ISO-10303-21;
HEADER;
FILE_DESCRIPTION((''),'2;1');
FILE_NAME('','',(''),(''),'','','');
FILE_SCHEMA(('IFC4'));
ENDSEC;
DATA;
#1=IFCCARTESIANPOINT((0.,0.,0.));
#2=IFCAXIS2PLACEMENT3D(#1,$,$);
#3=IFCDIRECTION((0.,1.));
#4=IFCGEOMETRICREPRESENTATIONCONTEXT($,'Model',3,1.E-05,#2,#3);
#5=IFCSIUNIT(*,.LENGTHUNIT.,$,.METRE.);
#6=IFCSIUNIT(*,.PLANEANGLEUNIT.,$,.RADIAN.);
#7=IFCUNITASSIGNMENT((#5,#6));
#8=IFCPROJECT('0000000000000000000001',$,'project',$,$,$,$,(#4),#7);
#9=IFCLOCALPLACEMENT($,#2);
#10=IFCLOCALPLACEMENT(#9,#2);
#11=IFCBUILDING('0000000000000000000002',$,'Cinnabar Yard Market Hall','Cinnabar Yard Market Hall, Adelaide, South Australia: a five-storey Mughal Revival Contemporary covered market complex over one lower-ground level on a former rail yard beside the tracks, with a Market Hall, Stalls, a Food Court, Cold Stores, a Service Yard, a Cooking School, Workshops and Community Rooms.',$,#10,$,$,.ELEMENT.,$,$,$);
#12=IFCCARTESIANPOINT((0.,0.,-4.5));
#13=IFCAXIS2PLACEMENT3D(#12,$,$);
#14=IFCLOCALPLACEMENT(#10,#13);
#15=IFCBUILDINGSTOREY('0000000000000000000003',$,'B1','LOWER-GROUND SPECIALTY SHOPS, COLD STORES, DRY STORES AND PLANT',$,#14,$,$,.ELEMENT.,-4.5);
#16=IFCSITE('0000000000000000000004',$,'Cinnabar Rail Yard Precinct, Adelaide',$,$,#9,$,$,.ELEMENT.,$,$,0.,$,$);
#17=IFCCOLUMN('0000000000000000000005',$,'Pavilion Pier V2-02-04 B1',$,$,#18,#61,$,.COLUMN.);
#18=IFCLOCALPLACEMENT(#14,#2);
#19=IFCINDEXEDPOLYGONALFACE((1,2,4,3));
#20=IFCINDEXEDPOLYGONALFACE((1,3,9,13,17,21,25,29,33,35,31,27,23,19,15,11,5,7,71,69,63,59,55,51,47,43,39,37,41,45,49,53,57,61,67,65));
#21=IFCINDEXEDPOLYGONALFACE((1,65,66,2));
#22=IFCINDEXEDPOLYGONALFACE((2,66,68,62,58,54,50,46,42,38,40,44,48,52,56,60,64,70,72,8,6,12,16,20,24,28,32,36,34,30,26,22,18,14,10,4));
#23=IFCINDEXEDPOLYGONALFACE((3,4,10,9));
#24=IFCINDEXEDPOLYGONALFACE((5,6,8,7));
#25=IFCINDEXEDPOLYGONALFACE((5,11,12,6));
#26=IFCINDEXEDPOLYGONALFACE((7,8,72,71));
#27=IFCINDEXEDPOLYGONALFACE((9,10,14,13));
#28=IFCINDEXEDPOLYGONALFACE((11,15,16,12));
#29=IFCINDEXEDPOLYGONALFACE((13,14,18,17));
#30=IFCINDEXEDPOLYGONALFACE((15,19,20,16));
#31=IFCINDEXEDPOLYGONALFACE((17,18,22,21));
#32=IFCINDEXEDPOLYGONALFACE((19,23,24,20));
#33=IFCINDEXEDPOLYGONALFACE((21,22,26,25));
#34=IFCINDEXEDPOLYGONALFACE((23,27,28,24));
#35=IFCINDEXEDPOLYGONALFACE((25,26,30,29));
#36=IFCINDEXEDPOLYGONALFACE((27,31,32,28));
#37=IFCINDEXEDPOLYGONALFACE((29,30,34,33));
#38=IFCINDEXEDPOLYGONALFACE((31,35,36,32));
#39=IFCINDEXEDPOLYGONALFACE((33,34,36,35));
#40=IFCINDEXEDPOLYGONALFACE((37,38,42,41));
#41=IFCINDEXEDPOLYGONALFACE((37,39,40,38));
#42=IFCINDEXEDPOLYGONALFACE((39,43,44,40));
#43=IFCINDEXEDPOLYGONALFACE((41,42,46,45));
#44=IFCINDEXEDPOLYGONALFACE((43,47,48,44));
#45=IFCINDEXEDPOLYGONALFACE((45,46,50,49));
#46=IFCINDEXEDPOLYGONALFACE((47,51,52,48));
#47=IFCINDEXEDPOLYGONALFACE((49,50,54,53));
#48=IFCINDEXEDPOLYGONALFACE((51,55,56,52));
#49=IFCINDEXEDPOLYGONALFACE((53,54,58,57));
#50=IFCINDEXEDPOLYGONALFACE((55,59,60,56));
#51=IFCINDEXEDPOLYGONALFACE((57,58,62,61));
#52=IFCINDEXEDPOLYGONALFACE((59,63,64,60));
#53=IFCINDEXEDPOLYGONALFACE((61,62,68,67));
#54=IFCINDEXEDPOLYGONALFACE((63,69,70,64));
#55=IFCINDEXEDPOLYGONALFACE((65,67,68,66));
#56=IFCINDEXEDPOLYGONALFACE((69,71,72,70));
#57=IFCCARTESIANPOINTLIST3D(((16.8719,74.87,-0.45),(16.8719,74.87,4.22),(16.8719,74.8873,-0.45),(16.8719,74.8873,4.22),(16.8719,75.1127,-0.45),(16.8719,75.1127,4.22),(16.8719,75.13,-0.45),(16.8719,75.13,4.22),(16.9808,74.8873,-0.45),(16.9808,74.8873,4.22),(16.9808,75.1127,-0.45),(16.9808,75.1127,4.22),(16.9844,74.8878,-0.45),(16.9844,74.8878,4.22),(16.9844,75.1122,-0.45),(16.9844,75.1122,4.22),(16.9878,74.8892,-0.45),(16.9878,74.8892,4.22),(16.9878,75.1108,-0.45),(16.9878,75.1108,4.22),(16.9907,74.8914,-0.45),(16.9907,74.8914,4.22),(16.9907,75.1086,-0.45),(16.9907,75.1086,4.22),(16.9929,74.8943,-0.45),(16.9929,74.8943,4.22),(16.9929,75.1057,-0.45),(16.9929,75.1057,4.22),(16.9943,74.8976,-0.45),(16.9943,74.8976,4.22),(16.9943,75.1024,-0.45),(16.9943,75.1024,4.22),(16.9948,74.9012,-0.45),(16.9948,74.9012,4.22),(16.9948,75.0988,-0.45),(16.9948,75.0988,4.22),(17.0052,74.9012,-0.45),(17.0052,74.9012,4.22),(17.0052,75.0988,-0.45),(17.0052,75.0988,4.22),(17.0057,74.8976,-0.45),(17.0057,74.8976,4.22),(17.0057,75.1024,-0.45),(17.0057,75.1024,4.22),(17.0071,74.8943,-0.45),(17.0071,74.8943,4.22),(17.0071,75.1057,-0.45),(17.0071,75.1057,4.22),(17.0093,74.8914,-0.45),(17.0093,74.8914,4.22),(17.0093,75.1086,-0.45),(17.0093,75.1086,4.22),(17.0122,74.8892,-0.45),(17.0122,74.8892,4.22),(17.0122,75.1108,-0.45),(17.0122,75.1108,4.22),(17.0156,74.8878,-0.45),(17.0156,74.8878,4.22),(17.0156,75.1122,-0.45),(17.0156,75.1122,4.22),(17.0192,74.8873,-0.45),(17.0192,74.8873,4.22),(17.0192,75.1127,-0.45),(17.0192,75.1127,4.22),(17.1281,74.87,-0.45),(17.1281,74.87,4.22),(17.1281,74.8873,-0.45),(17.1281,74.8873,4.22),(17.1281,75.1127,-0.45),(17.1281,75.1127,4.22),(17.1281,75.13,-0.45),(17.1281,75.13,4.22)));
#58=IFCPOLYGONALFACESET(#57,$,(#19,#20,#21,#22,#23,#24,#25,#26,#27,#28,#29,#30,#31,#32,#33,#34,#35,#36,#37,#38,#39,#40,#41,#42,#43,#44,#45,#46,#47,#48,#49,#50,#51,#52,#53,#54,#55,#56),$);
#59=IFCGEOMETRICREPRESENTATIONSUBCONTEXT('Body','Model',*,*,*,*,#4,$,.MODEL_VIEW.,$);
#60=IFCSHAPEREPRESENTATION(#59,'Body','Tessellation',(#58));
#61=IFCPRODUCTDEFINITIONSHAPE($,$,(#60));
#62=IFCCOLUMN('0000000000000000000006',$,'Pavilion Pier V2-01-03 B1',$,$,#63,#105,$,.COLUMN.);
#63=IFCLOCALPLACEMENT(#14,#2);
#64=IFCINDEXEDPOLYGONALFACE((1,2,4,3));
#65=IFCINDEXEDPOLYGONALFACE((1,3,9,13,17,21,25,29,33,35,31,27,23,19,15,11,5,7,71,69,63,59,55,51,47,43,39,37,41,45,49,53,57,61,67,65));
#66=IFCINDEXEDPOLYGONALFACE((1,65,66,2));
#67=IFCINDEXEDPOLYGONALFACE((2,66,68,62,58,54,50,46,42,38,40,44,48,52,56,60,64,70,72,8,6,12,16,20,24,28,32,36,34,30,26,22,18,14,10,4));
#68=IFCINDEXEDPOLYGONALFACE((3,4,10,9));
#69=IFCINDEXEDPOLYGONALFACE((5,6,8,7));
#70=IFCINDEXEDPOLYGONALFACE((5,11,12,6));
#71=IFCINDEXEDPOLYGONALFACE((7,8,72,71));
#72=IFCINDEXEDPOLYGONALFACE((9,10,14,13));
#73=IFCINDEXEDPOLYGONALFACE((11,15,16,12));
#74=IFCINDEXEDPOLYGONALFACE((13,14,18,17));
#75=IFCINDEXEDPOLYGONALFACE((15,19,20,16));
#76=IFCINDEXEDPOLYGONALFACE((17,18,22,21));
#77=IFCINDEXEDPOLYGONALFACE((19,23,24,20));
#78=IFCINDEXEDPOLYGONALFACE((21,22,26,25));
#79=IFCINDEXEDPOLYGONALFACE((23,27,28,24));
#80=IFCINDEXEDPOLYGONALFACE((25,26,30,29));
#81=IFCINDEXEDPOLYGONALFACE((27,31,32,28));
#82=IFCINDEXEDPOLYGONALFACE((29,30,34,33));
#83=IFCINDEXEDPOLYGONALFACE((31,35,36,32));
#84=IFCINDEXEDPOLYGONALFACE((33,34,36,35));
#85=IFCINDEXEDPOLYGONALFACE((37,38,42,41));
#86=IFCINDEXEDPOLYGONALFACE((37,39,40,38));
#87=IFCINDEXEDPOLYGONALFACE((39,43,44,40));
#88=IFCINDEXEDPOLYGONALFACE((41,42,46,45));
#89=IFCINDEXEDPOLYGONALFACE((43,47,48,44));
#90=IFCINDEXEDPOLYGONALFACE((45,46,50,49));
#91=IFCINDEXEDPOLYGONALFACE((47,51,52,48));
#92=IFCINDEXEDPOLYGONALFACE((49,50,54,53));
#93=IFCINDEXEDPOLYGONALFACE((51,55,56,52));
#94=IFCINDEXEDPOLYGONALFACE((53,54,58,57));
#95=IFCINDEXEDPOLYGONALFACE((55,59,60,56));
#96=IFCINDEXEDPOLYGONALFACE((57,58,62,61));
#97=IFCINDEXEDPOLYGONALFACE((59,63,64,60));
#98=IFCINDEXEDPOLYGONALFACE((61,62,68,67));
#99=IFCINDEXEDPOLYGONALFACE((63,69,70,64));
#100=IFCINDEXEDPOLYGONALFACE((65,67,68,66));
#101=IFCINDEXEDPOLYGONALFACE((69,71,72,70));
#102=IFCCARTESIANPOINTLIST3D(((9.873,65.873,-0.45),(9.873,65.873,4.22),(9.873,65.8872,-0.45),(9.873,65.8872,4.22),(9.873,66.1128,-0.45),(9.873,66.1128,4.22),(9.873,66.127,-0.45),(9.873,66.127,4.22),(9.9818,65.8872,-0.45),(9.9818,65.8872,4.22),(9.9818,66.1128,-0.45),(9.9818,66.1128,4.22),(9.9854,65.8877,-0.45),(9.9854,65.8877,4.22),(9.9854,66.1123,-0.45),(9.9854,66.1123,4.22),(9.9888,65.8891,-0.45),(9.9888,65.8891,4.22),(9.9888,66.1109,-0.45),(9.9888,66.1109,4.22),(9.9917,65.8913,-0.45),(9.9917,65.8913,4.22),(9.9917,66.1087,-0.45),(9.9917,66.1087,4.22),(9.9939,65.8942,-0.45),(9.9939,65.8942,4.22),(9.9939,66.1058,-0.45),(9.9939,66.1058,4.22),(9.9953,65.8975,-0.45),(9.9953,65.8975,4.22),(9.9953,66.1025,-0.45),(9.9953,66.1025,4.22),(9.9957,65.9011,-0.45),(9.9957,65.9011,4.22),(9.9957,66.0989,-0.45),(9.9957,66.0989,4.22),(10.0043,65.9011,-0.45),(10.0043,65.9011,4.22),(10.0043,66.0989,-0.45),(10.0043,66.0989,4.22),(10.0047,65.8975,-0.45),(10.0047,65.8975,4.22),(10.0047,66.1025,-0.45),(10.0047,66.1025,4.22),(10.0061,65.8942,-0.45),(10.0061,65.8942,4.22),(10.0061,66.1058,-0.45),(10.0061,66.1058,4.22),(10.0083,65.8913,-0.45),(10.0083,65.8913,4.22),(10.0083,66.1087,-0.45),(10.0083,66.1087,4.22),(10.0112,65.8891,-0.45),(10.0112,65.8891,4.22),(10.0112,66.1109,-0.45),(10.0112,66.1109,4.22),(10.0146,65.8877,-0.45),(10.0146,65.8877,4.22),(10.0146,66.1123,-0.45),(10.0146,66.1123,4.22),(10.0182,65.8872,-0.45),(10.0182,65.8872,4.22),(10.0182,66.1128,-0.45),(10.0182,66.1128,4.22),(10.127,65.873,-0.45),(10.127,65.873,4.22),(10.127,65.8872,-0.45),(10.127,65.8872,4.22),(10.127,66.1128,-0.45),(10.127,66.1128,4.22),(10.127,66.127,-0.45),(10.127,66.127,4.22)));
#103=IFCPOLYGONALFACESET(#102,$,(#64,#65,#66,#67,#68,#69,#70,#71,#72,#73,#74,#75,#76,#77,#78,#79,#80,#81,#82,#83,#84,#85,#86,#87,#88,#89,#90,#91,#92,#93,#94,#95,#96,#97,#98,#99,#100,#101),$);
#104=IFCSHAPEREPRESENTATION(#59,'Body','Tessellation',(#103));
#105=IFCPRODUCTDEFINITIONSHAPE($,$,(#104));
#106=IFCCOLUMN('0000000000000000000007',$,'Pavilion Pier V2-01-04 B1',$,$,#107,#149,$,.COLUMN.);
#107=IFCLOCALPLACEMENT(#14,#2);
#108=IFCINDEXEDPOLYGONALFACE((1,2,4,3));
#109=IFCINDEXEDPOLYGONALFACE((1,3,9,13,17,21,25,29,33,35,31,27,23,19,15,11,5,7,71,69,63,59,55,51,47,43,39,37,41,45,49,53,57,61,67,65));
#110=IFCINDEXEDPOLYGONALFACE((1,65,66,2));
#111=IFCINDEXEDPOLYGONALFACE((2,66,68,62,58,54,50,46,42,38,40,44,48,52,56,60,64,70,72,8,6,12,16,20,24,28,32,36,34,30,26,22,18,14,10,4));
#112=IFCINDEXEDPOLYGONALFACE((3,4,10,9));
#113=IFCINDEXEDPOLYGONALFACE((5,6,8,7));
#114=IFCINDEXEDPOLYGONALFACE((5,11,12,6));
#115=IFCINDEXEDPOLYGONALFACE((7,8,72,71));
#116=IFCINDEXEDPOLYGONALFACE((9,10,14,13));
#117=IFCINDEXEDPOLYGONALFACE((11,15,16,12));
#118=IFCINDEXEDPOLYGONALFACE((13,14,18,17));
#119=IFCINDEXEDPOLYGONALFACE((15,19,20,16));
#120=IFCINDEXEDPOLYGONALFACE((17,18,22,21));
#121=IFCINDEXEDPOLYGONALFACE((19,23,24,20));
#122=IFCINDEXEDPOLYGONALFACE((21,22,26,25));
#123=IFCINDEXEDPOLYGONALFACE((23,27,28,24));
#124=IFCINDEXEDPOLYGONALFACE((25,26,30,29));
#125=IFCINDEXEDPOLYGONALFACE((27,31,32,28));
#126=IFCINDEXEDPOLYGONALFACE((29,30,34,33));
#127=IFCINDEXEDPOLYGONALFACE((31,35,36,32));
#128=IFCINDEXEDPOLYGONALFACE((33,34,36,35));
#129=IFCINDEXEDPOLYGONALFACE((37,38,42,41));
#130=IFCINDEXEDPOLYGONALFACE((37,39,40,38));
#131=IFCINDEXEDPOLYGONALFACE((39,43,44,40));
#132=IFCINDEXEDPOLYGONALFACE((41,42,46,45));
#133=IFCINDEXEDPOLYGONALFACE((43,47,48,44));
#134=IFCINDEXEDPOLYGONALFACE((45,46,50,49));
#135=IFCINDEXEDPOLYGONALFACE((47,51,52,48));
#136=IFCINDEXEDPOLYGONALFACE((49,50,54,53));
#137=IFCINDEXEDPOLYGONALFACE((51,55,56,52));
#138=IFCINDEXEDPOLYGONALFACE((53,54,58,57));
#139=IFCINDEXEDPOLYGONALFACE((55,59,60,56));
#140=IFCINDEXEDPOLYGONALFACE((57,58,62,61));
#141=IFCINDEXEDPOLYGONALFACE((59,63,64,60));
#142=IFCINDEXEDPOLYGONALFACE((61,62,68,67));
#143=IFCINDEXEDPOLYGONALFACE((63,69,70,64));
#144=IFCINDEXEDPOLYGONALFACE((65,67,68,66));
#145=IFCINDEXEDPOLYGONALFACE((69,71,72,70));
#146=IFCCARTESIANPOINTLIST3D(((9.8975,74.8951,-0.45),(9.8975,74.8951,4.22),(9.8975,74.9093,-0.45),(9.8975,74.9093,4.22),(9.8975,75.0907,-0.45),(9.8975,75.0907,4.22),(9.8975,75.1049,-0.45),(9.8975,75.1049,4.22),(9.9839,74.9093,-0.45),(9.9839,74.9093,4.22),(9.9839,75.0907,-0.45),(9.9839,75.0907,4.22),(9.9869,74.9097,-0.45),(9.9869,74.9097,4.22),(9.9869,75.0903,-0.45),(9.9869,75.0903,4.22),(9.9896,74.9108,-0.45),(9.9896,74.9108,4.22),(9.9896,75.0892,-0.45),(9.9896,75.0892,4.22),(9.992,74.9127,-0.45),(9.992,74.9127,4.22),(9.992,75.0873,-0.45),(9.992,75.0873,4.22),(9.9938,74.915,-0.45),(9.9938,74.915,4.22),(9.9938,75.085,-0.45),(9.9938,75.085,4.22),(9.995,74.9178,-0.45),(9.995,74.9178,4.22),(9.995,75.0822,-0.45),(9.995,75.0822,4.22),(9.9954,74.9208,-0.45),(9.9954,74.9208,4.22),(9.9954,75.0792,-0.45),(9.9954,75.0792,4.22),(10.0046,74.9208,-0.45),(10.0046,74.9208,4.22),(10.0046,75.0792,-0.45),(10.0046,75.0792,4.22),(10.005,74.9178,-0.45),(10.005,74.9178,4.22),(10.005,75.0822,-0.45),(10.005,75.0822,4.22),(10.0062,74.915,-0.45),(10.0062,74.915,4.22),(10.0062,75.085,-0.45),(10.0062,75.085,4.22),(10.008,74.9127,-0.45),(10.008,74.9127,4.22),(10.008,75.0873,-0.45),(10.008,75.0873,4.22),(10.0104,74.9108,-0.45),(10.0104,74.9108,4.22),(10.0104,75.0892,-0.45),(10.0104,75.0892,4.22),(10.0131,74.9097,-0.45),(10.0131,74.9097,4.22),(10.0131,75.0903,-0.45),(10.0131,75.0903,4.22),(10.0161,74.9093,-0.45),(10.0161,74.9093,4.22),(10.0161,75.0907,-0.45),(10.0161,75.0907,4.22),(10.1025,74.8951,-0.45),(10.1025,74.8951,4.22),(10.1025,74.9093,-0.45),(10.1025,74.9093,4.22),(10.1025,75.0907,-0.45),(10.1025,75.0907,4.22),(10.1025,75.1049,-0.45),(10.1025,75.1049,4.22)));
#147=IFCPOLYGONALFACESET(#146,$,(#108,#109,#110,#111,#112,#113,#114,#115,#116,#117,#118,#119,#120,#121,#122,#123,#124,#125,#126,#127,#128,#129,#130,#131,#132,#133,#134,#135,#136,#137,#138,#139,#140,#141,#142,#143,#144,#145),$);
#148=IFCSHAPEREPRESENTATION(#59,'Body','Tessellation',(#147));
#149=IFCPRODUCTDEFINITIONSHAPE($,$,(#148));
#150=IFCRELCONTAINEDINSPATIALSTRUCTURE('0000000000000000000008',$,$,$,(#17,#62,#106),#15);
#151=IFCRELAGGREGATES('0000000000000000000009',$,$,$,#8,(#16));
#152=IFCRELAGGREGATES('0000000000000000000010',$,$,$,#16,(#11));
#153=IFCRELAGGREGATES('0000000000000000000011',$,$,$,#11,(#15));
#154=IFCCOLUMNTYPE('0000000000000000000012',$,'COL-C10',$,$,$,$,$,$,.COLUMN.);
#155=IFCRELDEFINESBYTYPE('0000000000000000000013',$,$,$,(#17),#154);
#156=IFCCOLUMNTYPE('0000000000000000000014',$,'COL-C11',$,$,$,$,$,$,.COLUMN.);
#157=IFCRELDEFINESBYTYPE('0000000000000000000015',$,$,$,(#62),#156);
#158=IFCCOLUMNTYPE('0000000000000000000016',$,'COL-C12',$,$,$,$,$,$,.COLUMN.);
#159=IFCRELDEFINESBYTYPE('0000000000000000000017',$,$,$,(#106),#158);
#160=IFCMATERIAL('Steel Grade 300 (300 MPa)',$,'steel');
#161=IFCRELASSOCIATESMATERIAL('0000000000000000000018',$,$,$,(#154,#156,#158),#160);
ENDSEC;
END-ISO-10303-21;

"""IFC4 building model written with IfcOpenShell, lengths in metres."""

from ifc_helpers import new_model, si_unit, direction, frame, origin, origin_2d_with_axis, place, context, subcontext, project, spatial, i_section, extrude, material, material_profile, profile_set, type_object, element, save


model = new_model("IFC4")

# Units and contexts
model_context = context("Model", 3, precision=1e-05, world=origin(), true_north=direction((0.0, 1.0)))
body_context = subcontext(model_context, "Body", "Model", "MODEL_VIEW")
ifc_project = project(units=[si_unit("LENGTHUNIT", "METRE"), si_unit("PLANEANGLEUNIT", "RADIAN")], contexts=[model_context])

# Site, building, storey
site_placement = place(None, origin())
site = spatial("IfcSite", under=ifc_project, at=site_placement, Name="Cinnabar Rail Yard Precinct, Adelaide", CompositionType="ELEMENT", RefElevation=0.0)
building_placement = place(site_placement, origin())
building = spatial("IfcBuilding", under=site, at=building_placement, Name="Cinnabar Yard Market Hall", Description="Cinnabar Yard Market Hall, Adelaide, South Australia: a five-storey Mughal Revival Contemporary covered market complex over one lower-ground level on a former rail yard beside the tracks, with a Market Hall, Stalls, a Food Court, Cold Stores, a Service Yard, a Cooking School, Workshops and Community Rooms.", CompositionType="ELEMENT")
storey_placement = place(building_placement, frame((0.0, 0.0, -4.5)))
storey = spatial("IfcBuildingStorey", under=building, at=storey_placement, Name="B1", Description="LOWER-GROUND SPECIALTY SHOPS, COLD STORES, DRY STORES AND PLANT", CompositionType="ELEMENT", Elevation=-4.5)

# Columns
ifc_material_1 = material(Name="Steel Grade 300 (300 MPa)", Category="steel")
ifc_material_profile_1 = material_profile(ifc_material_1, i_section(OverallWidth=0.2561, OverallDepth=0.26, WebThickness=0.0105, FlangeThickness=0.0173, FilletRadius=0.0139, at=origin_2d_with_axis()), Name="250UC89.5")
ifc_profile_set_1 = profile_set([ifc_material_profile_1], Name="Steel Grade 300 (300 MPa)")
column_type_1 = type_object("IfcColumnType", Name="COL-C10", PredefinedType="COLUMN", material=ifc_profile_set_1)
for number, where, z_axis, x_axis, name in (
    (1, (17.0, 75.0, -0.45), (0.0, 0.0, 1.0), (1.0, 0.0, 0.0), "Pavilion Pier V2-02-04 B1"),
):
    element("IfcColumn", number, at=place(storey_placement, frame(where, z_axis=z_axis, x_axis=x_axis)), inside=storey, type_object=column_type_1, Name=name, PredefinedType="COLUMN", context=body_context, shape_type="SweptSolid", body=[
        extrude(i_section(OverallWidth=0.2561, OverallDepth=0.26, WebThickness=0.0105, FlangeThickness=0.0173, FilletRadius=0.0139, at=origin_2d_with_axis()), origin(), (0.0, 0.0, 1.0), 4.6699),
    ])
ifc_material_profile_2 = material_profile(ifc_material_1, i_section(OverallWidth=0.2539, OverallDepth=0.2539, WebThickness=0.0085, FlangeThickness=0.0142, FilletRadius=0.0139, at=origin_2d_with_axis()), Name="250UC72.9")
ifc_profile_set_2 = profile_set([ifc_material_profile_2], Name="Steel Grade 300 (300 MPa)")
column_type_2 = type_object("IfcColumnType", Name="COL-C11", PredefinedType="COLUMN", material=ifc_profile_set_2)
column_1_placement = place(storey_placement, frame((10.0, 66.0, -0.45), z_axis=(0.0, 0.0, 1.0), x_axis=(1.0, 0.0, 0.0)))
element("IfcColumn", 2, at=column_1_placement, inside=storey, type_object=column_type_2, Name="Pavilion Pier V2-01-03 B1", PredefinedType="COLUMN", context=body_context, shape_type="SweptSolid", body=[
    extrude(i_section(OverallWidth=0.2539, OverallDepth=0.2539, WebThickness=0.0085, FlangeThickness=0.0142, FilletRadius=0.0139, at=origin_2d_with_axis()), origin(), (0.0, 0.0, 1.0), 4.6699),
])
ifc_material_profile_3 = material_profile(ifc_material_1, i_section(OverallWidth=0.2051, OverallDepth=0.2097, WebThickness=0.0093, FlangeThickness=0.0142, FilletRadius=0.0115, at=origin_2d_with_axis()), Name="200UC59.5")
ifc_profile_set_3 = profile_set([ifc_material_profile_3], Name="Steel Grade 300 (300 MPa)")
column_type_3 = type_object("IfcColumnType", Name="COL-C12", PredefinedType="COLUMN", material=ifc_profile_set_3)
column_2_placement = place(storey_placement, frame((10.0, 75.0, -0.45), z_axis=(0.0, 0.0, 1.0), x_axis=(1.0, 0.0, 0.0)))
element("IfcColumn", 3, at=column_2_placement, inside=storey, type_object=column_type_3, Name="Pavilion Pier V2-01-04 B1", PredefinedType="COLUMN", context=body_context, shape_type="SweptSolid", body=[
    extrude(i_section(OverallWidth=0.2051, OverallDepth=0.2097, WebThickness=0.0093, FlangeThickness=0.0142, FilletRadius=0.0115, at=origin_2d_with_axis()), origin(), (0.0, 0.0, 1.0), 4.6699),
])

save(model, "model.ifc")
